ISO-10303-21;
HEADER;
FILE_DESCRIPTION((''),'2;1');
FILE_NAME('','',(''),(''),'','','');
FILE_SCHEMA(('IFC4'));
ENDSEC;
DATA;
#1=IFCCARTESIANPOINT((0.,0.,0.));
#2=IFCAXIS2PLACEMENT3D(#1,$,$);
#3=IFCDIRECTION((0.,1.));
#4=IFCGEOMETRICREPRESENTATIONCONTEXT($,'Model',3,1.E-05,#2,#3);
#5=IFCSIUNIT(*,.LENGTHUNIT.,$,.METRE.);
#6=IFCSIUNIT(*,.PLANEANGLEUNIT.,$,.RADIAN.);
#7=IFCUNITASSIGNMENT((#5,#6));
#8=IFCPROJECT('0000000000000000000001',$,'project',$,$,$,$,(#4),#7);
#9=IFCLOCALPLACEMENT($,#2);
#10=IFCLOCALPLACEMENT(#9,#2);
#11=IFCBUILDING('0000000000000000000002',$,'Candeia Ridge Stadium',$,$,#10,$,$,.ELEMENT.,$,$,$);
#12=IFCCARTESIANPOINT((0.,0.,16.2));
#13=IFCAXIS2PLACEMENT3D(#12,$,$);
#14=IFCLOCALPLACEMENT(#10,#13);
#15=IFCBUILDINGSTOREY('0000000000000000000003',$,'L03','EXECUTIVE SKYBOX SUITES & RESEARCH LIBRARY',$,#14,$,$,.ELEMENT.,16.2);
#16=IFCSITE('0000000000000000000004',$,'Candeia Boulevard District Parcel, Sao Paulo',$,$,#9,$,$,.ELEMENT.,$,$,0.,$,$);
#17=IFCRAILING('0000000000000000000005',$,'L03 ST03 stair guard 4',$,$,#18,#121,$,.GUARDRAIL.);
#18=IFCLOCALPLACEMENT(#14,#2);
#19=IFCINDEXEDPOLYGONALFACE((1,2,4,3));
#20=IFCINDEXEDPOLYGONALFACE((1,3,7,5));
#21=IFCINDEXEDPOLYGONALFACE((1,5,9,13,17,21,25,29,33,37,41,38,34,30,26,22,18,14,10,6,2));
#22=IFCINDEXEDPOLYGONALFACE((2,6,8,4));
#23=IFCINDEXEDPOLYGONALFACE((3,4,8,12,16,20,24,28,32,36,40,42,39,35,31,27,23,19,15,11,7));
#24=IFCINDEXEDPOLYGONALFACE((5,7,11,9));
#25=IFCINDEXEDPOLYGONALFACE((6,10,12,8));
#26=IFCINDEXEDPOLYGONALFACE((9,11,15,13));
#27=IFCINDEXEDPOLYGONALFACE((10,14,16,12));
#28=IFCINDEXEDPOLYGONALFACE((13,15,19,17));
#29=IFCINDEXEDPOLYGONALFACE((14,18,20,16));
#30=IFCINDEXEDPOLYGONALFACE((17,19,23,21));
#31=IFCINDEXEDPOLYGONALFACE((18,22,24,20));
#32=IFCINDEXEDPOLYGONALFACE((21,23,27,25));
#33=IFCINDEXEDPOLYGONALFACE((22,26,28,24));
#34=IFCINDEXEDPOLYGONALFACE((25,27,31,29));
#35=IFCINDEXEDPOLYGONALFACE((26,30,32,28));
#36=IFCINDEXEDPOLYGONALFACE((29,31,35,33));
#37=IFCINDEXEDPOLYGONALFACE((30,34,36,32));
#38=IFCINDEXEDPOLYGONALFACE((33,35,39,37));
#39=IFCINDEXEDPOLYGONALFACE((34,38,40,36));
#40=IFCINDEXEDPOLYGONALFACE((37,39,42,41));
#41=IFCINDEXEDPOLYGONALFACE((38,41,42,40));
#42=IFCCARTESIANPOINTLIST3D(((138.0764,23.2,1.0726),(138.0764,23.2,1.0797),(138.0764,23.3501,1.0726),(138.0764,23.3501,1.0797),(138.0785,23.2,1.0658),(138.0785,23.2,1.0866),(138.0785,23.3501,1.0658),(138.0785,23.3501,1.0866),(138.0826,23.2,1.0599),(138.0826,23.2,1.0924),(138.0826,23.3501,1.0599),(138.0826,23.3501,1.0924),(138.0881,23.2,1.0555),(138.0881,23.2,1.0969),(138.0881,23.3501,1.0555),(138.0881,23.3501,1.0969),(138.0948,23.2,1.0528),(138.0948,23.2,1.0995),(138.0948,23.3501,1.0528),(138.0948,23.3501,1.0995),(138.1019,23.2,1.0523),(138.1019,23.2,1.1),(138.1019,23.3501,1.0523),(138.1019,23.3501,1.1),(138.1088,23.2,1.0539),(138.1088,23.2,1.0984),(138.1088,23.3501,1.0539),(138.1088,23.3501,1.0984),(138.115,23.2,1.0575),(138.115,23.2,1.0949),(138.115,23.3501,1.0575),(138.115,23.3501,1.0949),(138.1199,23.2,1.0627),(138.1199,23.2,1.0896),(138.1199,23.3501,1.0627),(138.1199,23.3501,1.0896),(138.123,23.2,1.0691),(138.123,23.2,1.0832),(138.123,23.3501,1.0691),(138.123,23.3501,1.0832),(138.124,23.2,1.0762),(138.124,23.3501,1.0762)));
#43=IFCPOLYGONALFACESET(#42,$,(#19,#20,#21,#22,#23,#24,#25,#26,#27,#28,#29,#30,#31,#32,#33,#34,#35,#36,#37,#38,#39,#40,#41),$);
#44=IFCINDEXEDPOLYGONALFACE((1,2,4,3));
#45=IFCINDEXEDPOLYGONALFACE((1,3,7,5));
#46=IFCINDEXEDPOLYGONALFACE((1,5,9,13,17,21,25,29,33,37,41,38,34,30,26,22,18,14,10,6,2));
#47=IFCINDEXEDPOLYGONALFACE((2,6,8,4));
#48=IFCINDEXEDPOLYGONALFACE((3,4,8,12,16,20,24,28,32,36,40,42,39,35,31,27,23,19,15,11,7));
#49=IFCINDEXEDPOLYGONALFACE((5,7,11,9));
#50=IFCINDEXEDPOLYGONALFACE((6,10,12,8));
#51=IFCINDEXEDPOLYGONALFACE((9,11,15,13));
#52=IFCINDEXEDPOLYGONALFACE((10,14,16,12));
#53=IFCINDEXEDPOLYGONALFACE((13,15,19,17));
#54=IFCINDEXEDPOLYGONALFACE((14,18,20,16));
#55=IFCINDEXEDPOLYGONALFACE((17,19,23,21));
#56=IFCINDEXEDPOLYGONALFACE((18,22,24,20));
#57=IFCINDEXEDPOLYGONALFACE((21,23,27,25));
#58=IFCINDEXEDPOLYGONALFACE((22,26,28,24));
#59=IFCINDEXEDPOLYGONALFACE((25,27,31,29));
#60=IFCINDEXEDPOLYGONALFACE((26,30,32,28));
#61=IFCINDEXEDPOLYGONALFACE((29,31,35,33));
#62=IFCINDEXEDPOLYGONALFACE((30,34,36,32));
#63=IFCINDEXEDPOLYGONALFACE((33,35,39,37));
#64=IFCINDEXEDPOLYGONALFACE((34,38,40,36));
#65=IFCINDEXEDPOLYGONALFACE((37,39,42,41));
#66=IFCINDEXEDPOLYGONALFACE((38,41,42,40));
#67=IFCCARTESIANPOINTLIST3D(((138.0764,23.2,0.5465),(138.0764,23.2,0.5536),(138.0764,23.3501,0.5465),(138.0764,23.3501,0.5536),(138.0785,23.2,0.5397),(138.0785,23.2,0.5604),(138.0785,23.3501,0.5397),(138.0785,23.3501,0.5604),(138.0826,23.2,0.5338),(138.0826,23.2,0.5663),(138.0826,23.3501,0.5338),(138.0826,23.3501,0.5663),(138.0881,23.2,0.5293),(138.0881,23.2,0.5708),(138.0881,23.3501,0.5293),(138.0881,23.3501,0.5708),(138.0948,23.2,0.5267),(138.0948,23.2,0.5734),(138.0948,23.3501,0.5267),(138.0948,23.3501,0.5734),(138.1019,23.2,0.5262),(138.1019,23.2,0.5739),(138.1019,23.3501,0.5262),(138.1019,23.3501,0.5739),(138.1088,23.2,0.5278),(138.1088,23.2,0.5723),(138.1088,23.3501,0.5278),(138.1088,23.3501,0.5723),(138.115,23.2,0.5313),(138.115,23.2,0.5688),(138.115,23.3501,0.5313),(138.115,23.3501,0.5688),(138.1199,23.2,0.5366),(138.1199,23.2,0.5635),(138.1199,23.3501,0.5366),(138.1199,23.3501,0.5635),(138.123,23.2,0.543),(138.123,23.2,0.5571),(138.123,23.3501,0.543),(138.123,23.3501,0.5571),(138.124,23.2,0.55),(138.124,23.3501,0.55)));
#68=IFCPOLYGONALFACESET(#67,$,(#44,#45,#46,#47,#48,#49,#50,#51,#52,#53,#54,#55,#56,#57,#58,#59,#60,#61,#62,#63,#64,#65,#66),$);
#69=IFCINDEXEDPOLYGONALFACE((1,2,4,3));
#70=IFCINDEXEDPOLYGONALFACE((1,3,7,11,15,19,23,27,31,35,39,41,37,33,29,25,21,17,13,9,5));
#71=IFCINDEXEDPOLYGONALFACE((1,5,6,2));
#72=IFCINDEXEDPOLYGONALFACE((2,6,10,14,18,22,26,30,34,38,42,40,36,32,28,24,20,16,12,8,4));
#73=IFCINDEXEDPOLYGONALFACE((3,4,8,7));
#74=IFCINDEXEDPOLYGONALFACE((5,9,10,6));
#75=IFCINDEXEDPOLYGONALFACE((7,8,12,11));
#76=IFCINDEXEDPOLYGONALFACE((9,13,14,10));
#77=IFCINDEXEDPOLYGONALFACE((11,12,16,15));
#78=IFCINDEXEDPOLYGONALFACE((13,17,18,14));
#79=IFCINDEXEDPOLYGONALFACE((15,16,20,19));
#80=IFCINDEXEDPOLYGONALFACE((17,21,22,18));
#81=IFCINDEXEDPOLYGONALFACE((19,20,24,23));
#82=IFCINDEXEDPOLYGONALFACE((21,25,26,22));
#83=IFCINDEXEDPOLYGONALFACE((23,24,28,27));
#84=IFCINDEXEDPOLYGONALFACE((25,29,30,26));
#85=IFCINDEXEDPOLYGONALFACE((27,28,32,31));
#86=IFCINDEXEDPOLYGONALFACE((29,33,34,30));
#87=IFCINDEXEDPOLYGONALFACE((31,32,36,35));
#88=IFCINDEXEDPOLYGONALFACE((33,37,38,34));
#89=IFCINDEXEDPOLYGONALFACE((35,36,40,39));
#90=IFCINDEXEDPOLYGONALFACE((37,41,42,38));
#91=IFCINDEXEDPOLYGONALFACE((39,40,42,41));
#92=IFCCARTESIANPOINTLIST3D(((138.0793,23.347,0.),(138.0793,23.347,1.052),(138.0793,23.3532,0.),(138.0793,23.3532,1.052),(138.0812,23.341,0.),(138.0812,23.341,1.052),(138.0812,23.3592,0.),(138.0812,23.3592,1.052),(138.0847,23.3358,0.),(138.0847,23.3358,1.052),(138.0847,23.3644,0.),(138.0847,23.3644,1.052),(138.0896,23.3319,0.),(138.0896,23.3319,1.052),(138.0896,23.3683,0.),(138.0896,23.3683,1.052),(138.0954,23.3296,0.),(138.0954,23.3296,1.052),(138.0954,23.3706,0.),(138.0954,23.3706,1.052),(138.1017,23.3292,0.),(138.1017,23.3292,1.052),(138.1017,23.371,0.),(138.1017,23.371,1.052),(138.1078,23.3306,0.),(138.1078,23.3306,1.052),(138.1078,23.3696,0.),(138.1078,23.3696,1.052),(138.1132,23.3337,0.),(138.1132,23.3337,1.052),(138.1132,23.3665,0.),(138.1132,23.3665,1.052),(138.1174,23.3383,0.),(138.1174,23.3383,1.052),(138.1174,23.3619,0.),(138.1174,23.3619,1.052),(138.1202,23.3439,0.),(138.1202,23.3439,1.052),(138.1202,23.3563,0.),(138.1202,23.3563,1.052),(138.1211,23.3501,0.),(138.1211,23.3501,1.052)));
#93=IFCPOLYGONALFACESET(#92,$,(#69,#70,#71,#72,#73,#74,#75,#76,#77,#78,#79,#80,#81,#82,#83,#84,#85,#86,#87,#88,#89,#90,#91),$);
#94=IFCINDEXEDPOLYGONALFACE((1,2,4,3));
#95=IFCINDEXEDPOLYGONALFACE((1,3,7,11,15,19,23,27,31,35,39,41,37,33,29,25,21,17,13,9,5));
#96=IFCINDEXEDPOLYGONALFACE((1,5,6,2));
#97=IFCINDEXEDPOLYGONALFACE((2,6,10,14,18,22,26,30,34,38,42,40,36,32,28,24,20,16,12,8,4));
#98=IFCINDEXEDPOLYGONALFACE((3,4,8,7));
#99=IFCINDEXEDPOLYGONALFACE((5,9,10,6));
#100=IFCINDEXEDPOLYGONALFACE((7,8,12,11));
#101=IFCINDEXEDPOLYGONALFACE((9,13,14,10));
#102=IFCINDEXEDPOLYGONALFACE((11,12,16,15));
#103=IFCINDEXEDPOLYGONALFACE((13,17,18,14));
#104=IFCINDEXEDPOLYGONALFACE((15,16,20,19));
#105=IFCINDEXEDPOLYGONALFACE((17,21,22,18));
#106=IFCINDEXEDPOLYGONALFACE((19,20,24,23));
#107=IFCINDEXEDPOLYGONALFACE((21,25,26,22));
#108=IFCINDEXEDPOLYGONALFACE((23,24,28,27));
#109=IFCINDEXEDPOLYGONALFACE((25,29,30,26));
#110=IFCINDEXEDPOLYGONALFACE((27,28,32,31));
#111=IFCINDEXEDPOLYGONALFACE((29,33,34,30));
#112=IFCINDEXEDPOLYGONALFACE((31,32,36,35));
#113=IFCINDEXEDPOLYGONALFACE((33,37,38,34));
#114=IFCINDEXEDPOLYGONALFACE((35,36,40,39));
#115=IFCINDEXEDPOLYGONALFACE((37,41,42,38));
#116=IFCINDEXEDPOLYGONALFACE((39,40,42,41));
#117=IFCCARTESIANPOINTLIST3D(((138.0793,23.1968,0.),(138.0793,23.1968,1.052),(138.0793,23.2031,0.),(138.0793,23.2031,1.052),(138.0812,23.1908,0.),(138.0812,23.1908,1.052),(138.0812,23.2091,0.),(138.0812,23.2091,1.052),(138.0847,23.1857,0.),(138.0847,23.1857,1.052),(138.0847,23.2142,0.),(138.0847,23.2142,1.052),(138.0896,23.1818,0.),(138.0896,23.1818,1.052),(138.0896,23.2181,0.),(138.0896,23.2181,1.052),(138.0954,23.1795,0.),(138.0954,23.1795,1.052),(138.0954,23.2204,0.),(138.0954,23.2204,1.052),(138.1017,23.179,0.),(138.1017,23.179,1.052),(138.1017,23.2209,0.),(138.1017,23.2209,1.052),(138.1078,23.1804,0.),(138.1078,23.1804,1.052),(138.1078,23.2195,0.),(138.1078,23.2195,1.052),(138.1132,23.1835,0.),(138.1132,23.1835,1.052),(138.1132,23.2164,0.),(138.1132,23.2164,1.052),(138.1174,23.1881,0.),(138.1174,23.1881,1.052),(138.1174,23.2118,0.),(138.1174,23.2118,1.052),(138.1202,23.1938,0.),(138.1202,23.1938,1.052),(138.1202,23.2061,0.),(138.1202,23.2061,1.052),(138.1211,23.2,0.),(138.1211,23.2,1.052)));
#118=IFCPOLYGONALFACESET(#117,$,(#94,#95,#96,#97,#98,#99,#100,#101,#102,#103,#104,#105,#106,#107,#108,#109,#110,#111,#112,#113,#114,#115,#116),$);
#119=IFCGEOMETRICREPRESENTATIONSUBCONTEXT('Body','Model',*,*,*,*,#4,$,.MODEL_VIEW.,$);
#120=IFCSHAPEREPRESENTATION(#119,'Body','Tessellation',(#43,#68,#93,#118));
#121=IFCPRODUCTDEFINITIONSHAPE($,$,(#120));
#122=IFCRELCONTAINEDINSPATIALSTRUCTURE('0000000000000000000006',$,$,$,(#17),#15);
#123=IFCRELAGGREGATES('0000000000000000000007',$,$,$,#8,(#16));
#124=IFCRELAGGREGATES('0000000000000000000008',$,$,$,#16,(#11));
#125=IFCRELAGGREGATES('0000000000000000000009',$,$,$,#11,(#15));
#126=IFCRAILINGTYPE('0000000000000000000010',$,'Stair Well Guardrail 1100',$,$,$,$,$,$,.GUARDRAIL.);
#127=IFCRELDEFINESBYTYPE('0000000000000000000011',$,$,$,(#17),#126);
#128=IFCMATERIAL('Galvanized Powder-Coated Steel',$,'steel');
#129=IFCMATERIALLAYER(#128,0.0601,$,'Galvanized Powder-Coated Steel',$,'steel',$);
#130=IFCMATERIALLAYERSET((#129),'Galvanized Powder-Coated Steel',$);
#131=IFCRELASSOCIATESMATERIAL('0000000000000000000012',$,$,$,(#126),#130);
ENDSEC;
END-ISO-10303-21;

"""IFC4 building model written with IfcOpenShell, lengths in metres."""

from ifc_helpers import new_model, si_unit, direction, frame, origin, origin_2d, place, context, subcontext, project, spatial, circle, extrude, material, layer, layer_set, type_object, element, save


model = new_model("IFC4")

# Units and contexts
model_context = context("Model", 3, precision=1e-05, world=origin(), true_north=direction((0.0, 1.0)))
body_context = subcontext(model_context, "Body", "Model", "MODEL_VIEW")
ifc_project = project(units=[si_unit("LENGTHUNIT", "METRE"), si_unit("PLANEANGLEUNIT", "RADIAN")], contexts=[model_context])

# Site, building, storey
site_placement = place(None, origin())
site = spatial("IfcSite", under=ifc_project, at=site_placement, Name="Candeia Boulevard District Parcel, Sao Paulo", CompositionType="ELEMENT", RefElevation=0.0)
building_placement = place(site_placement, origin())
building = spatial("IfcBuilding", under=site, at=building_placement, Name="Candeia Ridge Stadium", CompositionType="ELEMENT")
storey_placement = place(building_placement, frame((0.0, 0.0, 16.2)))
storey = spatial("IfcBuildingStorey", under=building, at=storey_placement, Name="L03", Description="EXECUTIVE SKYBOX SUITES & RESEARCH LIBRARY", CompositionType="ELEMENT", Elevation=16.2)

# Railing
ifc_material_1 = material(Name="Galvanized Powder-Coated Steel", Category="steel")
ifc_layer_1 = layer(ifc_material_1, 0.0601, Name="Galvanized Powder-Coated Steel", Category="steel")
ifc_layer_set_1 = layer_set([ifc_layer_1], Name="Galvanized Powder-Coated Steel")
railing_type_1 = type_object("IfcRailingType", Name="Stair Well Guardrail 1100", PredefinedType="GUARDRAIL", material=ifc_layer_set_1)
railing_1_placement = place(storey_placement, frame((138.1001, 23.3501, 0.0)))
element("IfcRailing", 1, at=railing_1_placement, inside=storey, type_object=railing_type_1, Name="L03 ST03 stair guard 4", PredefinedType="GUARDRAIL", context=body_context, shape_type="SweptSolid", body=[
    extrude(circle(Radius=0.0239, at=origin_2d()), frame((0.0, 0.0, 1.0762), z_axis=(0.0, -1.0, 0.0), x_axis=(1.0, 0.0, 0.0)), (0.0, 0.0, 1.0), 0.1501),
    extrude(circle(Radius=0.0239, at=origin_2d()), frame((0.0, 0.0, 0.55), z_axis=(0.0, -1.0, 0.0), x_axis=(1.0, 0.0, 0.0)), (0.0, 0.0, 1.0), 0.1501),
    extrude(circle(Radius=0.021, at=origin_2d()), origin(), (0.0, 0.0, 1.0), 1.052),
    extrude(circle(Radius=0.021, at=origin_2d()), frame((0.0, -0.1501, 0.0)), (0.0, 0.0, 1.0), 1.052),
])

save(model, "model.ifc")
